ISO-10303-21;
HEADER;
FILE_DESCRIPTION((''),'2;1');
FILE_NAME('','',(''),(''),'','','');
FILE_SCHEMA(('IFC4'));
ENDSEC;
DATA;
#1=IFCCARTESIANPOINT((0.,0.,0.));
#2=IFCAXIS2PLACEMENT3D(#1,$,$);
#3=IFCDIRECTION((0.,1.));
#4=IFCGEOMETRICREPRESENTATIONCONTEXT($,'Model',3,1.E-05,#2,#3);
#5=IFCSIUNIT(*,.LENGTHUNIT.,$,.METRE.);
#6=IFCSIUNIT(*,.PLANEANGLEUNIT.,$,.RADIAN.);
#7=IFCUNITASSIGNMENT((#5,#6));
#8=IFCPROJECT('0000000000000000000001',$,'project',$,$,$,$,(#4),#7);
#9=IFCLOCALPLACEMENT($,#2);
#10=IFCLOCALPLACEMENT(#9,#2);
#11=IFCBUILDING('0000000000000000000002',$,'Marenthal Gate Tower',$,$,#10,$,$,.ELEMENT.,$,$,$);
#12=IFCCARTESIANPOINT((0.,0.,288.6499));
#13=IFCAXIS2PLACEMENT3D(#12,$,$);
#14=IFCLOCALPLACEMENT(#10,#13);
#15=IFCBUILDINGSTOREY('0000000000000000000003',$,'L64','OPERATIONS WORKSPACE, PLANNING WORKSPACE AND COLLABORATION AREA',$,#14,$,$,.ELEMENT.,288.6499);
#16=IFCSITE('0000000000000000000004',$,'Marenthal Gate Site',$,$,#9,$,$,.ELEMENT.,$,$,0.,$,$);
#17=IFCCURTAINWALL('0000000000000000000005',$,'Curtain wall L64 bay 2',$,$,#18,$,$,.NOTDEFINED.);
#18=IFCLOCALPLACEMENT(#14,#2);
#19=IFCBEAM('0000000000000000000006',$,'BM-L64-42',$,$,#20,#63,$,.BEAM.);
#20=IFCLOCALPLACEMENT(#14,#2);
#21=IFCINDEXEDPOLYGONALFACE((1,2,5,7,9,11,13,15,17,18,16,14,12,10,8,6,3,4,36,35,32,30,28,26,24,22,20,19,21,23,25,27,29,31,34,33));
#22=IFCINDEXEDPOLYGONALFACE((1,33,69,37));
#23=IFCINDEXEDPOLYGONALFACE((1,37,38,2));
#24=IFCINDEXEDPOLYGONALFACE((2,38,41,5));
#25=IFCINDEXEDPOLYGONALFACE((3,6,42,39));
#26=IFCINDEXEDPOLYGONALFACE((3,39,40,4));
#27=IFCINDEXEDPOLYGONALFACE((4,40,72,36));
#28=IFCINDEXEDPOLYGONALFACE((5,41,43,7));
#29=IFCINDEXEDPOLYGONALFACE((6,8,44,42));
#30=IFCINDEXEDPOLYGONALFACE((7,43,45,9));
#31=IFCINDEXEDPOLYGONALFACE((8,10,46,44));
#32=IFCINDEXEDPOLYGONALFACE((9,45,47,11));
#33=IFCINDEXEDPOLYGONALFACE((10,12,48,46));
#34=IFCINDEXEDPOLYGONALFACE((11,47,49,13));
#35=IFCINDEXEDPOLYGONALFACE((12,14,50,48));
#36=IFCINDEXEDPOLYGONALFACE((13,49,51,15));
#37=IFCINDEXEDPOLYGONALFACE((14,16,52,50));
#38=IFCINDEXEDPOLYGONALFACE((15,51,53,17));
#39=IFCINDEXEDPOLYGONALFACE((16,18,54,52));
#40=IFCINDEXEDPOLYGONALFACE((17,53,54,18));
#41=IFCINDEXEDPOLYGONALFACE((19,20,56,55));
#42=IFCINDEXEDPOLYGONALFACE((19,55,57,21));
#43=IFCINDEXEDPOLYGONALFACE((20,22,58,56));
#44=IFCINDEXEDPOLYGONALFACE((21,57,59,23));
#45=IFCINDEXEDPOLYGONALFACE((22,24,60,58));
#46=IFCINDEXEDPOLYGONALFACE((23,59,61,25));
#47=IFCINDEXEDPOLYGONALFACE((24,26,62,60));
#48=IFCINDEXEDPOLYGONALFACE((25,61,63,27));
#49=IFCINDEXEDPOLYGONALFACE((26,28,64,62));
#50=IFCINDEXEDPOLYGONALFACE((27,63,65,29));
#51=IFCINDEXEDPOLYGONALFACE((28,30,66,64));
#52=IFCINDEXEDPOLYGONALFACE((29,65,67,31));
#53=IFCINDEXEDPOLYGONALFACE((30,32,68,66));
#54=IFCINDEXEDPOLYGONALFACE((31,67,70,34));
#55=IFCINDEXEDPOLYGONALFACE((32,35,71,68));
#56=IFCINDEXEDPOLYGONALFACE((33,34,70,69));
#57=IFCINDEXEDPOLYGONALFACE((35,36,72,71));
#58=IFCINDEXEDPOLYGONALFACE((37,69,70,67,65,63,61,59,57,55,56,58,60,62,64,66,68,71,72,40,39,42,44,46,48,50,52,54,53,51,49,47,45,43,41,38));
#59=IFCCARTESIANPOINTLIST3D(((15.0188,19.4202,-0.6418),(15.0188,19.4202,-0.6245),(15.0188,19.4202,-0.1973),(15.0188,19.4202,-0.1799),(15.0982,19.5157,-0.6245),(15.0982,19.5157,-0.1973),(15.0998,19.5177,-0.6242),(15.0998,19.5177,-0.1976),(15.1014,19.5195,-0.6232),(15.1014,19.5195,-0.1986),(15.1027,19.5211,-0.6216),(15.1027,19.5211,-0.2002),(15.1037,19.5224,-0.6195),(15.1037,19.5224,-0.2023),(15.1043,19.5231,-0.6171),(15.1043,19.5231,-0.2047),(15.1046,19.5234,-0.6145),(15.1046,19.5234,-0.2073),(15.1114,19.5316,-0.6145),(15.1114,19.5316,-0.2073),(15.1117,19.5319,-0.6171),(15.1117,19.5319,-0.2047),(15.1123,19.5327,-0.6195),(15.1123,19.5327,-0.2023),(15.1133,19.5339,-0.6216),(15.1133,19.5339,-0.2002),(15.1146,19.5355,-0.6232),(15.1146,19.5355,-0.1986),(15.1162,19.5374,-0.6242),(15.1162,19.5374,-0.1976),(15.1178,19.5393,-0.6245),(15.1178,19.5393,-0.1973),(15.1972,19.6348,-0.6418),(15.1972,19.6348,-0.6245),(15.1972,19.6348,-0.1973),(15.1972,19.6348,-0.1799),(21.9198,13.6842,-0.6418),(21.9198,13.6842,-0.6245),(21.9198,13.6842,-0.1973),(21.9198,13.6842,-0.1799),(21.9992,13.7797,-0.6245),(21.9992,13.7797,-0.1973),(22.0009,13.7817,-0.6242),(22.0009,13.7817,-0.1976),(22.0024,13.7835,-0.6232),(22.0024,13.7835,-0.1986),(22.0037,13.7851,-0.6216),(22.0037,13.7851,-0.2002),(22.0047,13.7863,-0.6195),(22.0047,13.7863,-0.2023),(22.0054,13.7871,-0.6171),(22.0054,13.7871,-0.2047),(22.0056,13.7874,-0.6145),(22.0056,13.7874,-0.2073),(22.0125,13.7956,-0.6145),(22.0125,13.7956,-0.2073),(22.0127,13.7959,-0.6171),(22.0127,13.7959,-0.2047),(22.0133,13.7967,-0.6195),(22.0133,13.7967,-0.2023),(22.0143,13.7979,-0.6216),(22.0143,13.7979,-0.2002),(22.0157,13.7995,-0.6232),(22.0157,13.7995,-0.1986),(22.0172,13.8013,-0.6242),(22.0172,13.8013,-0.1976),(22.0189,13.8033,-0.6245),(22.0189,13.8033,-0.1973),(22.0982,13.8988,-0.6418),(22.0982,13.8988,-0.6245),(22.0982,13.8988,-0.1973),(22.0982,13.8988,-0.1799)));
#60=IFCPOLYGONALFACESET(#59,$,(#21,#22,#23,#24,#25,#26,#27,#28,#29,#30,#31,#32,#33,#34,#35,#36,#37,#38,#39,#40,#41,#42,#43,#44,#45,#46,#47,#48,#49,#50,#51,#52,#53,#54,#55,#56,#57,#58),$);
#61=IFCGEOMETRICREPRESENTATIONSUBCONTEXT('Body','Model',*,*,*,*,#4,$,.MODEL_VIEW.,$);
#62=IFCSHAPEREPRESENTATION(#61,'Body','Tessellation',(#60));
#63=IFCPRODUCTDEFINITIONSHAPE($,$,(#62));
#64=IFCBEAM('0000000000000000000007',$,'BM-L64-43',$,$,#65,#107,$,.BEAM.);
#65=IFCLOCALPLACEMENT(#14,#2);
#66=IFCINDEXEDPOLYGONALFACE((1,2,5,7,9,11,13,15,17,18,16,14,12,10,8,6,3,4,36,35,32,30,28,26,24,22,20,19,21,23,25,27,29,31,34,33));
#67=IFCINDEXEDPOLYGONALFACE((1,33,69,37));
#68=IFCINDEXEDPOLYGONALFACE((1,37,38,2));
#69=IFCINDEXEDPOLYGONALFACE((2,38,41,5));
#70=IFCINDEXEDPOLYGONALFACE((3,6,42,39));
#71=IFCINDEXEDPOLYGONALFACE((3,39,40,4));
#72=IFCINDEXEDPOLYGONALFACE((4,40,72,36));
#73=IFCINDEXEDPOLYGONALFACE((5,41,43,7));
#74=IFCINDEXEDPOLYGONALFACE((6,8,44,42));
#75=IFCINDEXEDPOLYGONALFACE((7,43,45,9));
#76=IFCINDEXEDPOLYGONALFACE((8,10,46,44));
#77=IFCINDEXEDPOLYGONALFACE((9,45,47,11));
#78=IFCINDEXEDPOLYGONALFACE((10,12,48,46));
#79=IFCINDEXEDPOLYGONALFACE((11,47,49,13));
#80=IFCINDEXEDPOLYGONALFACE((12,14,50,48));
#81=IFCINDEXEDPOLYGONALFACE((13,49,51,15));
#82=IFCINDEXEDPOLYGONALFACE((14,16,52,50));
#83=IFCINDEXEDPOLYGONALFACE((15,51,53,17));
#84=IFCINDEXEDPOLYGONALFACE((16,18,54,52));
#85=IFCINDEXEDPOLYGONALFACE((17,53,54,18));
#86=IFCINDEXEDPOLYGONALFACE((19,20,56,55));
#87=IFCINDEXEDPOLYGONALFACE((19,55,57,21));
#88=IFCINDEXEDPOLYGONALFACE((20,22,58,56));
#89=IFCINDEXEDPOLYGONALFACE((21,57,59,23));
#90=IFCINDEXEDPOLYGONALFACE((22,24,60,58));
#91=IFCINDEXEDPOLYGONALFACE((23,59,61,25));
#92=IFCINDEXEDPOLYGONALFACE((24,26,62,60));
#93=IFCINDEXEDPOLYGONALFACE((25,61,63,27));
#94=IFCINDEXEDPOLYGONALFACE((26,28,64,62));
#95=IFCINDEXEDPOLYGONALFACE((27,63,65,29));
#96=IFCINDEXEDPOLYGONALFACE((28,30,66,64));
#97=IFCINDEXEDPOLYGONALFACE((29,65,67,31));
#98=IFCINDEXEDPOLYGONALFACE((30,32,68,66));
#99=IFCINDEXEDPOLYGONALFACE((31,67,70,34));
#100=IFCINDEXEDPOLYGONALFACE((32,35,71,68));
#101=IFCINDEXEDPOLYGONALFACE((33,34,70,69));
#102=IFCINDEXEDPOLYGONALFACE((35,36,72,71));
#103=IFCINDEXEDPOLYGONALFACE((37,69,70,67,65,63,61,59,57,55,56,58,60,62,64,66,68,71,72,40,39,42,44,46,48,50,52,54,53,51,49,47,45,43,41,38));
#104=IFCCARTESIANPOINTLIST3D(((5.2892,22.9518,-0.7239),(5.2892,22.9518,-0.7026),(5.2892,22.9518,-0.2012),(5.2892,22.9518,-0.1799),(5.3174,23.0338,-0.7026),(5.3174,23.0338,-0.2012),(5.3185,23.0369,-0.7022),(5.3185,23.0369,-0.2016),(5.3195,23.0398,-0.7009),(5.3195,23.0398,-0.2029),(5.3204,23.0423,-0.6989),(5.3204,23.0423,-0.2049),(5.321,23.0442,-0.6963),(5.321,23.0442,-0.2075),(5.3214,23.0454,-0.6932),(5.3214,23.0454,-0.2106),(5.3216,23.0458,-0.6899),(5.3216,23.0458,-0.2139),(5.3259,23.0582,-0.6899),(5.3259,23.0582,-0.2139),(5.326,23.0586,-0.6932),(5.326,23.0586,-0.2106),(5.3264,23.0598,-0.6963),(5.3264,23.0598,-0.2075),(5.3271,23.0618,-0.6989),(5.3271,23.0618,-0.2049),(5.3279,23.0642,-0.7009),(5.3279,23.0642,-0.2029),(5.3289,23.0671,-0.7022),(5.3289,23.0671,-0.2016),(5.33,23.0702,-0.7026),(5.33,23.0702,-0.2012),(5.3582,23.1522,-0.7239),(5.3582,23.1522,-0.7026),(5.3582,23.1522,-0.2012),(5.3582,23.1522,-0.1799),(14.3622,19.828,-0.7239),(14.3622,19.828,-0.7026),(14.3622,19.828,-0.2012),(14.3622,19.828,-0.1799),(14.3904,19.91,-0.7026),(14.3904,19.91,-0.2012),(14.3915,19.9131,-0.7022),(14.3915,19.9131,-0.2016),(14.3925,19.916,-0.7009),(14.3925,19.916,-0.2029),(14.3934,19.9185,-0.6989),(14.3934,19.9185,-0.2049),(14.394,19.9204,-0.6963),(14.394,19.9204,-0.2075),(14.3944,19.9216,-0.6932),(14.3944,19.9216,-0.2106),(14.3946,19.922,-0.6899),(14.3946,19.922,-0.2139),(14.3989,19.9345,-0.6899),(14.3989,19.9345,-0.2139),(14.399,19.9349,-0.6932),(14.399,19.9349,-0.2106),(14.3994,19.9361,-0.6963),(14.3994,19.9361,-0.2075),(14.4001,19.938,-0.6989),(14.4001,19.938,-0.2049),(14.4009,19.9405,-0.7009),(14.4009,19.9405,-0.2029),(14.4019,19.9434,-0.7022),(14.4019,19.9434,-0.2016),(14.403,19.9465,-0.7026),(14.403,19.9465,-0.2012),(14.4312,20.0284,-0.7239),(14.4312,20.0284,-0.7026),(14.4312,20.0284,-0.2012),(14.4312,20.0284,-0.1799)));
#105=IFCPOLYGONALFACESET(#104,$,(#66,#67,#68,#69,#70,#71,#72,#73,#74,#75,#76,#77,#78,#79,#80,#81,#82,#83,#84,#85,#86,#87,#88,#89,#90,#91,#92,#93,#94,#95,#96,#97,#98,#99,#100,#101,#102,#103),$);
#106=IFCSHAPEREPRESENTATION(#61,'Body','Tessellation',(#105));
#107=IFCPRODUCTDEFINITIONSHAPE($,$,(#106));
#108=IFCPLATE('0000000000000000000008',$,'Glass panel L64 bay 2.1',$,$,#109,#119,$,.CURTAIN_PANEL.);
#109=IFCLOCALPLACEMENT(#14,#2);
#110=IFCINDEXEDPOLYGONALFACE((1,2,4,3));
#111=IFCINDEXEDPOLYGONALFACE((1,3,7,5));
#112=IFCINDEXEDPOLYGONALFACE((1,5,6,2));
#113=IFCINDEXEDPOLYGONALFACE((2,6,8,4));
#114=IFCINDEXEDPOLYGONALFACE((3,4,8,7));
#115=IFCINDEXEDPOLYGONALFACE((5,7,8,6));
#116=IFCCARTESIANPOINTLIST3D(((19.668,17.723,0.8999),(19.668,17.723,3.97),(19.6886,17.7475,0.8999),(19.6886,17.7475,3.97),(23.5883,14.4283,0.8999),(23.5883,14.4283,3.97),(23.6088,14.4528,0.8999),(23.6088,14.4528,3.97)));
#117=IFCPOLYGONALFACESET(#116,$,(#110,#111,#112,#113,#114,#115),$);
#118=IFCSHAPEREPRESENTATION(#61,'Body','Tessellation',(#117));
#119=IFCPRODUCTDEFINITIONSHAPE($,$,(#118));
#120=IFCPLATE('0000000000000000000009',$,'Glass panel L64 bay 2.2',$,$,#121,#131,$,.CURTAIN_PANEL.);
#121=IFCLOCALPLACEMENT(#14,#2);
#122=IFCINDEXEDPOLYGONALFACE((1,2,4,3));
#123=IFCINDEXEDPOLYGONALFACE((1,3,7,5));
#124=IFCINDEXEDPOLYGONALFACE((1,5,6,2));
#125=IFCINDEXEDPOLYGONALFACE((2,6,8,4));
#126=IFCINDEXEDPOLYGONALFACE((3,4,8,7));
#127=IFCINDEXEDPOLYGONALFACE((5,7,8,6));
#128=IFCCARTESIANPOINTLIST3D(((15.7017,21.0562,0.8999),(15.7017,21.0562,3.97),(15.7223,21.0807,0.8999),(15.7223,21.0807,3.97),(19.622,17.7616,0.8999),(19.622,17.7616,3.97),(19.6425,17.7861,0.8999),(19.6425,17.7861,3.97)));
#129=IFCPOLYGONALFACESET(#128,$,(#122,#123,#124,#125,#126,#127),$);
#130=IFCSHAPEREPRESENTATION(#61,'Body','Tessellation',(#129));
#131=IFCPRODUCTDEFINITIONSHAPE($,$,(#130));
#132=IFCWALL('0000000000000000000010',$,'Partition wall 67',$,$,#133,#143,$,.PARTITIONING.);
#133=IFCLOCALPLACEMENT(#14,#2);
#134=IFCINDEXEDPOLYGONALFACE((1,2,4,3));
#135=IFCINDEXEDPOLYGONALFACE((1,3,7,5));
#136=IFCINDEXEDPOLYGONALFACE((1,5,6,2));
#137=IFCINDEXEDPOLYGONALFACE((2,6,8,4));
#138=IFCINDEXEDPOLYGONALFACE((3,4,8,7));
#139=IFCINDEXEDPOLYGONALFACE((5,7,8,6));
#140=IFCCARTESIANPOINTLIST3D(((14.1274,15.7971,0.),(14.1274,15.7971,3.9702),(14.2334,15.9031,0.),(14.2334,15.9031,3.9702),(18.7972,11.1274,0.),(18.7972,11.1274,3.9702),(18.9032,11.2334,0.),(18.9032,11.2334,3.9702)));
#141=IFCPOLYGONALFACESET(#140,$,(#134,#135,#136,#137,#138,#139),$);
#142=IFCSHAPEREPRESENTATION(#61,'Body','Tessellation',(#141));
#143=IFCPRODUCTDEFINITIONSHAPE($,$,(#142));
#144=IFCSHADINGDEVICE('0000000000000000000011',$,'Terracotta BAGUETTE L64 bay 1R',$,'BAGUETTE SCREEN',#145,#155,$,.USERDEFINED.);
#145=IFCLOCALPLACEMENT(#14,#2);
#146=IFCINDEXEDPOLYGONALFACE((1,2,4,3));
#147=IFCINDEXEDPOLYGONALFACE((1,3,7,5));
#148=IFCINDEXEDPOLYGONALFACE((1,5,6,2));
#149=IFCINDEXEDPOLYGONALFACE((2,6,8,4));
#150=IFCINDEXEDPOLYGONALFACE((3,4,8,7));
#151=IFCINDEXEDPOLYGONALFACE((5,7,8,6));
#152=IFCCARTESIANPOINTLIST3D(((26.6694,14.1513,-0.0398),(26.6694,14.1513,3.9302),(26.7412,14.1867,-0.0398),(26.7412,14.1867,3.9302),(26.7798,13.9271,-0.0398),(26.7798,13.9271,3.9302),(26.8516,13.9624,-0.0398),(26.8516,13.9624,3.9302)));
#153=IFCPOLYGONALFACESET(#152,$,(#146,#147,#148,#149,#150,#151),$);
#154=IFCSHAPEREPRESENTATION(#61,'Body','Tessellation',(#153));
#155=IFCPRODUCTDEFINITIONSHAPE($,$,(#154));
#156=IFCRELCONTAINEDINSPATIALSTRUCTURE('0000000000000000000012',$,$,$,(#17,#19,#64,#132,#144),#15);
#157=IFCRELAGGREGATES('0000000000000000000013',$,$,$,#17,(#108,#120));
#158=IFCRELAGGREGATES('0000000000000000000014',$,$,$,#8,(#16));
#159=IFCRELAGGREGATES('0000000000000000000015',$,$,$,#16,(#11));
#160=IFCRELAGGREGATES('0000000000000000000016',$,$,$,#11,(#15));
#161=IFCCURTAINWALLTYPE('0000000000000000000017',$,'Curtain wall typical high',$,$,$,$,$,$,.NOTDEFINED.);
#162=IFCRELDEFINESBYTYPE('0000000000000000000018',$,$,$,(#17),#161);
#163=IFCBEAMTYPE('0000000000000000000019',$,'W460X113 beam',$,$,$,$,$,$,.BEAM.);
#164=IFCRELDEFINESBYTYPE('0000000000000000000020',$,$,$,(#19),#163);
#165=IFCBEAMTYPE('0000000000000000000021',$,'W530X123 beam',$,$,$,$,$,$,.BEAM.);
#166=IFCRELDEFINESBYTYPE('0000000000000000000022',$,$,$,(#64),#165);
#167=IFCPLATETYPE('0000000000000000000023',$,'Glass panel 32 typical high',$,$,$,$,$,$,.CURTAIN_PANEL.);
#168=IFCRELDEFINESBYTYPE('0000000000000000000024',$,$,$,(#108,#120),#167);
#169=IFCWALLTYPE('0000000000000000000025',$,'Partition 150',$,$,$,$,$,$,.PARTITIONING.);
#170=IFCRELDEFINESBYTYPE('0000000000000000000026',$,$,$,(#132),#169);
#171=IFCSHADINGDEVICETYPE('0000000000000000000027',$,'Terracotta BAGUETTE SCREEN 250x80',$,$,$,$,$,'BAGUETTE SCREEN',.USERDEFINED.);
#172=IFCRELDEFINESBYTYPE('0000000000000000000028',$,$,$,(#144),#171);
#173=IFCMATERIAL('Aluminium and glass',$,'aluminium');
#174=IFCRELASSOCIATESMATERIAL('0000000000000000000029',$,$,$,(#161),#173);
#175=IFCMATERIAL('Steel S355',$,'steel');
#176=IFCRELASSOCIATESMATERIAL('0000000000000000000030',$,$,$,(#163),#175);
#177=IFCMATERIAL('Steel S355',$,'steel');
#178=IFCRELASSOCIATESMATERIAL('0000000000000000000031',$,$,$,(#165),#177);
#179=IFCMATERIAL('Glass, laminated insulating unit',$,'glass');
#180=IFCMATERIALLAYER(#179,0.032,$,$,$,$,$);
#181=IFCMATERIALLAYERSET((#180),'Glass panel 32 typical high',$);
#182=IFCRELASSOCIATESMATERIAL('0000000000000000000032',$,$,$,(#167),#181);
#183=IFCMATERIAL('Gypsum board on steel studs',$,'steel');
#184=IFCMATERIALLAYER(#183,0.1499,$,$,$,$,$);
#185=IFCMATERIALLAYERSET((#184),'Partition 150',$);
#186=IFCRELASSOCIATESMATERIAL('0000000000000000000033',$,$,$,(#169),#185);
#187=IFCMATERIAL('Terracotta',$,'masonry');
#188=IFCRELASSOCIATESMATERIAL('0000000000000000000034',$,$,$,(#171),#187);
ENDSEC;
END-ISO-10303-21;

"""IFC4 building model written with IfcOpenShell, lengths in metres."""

from ifc_helpers import new_model, si_unit, direction, frame, frame_2d, origin, origin_2d, place, context, subcontext, project, spatial, rectangle, i_section, extrude, material, layer, layer_set, material_profile, profile_set, type_object, element, aggregate, save


model = new_model("IFC4")

# Units and contexts
model_context = context("Model", 3, precision=1e-05, world=origin(), true_north=direction((0.0, 1.0)))
body_context = subcontext(model_context, "Body", "Model", "MODEL_VIEW")
ifc_project = project(units=[si_unit("LENGTHUNIT", "METRE"), si_unit("PLANEANGLEUNIT", "RADIAN")], contexts=[model_context])

# Site, building, storey
site_placement = place(None, origin())
site = spatial("IfcSite", under=ifc_project, at=site_placement, Name="Marenthal Gate Site", CompositionType="ELEMENT", RefElevation=0.0)
building_placement = place(site_placement, origin())
building = spatial("IfcBuilding", under=site, at=building_placement, Name="Marenthal Gate Tower", CompositionType="ELEMENT")
storey_placement = place(building_placement, frame((0.0, 0.0, 288.6499)))
storey = spatial("IfcBuildingStorey", under=building, at=storey_placement, Name="L64", Description="OPERATIONS WORKSPACE, PLANNING WORKSPACE AND COLLABORATION AREA", CompositionType="ELEMENT", Elevation=288.6499)

# Curtain wall
ifc_material_1 = material(Name="Aluminium and glass", Category="aluminium")
curtain_wall_type = type_object("IfcCurtainWallType", Name="Curtain wall typical high", PredefinedType="NOTDEFINED", material=ifc_material_1)
curtain_wall_placement = place(storey_placement, origin())
curtain_wall = element("IfcCurtainWall", 1, at=curtain_wall_placement, inside=storey, type_object=curtain_wall_type, Name="Curtain wall L64 bay 2", PredefinedType="NOTDEFINED")

# Beams
ifc_material_2 = material(Name="Steel S355", Category="steel")
ifc_material_profile_1 = material_profile(ifc_material_2, i_section(OverallWidth=0.2791, OverallDepth=0.4619, WebThickness=0.0107, FlangeThickness=0.0173, FilletRadius=0.01, at=origin_2d()), Name="W460X113")
ifc_profile_set_1 = profile_set([ifc_material_profile_1], Name="Steel S355")
beam_type_1 = type_object("IfcBeamType", Name="W460X113 beam", PredefinedType="BEAM", material=ifc_profile_set_1)
beam_1_placement = place(storey_placement, frame((22.009, 13.7915, -0.4109), z_axis=(-0.769035, 0.639207, 0.0), x_axis=(-0.639207, -0.769035, 0.0)))
element("IfcBeam", 2, at=beam_1_placement, inside=storey, type_object=beam_type_1, Name="BM-L64-42", PredefinedType="BEAM", context=body_context, shape_type="SweptSolid", body=[
    extrude(i_section(OverallWidth=0.2791, OverallDepth=0.4619, WebThickness=0.0107, FlangeThickness=0.0173, FilletRadius=0.01, at=origin_2d()), origin(), (0.0, 0.0, 1.0), 8.9736),
])
ifc_material_3 = material(Name="Steel S355", Category="steel")
ifc_material_profile_2 = material_profile(ifc_material_3, i_section(OverallWidth=0.2119, OverallDepth=0.5439, WebThickness=0.0132, FlangeThickness=0.0212, FilletRadius=0.0127, at=origin_2d()), Name="W530X123")
ifc_profile_set_2 = profile_set([ifc_material_profile_2], Name="Steel S355")
beam_type_2 = type_object("IfcBeamType", Name="W530X123 beam", PredefinedType="BEAM", material=ifc_profile_set_2)
beam_2_placement = place(storey_placement, frame((14.3967, 19.9282, -0.4519), z_axis=(-0.945528, 0.32554, 0.0), x_axis=(-0.32554, -0.945528, 0.0)))
element("IfcBeam", 3, at=beam_2_placement, inside=storey, type_object=beam_type_2, Name="BM-L64-43", PredefinedType="BEAM", context=body_context, shape_type="SweptSolid", body=[
    extrude(i_section(OverallWidth=0.2119, OverallDepth=0.5439, WebThickness=0.0132, FlangeThickness=0.0212, FilletRadius=0.0127, at=origin_2d()), origin(), (0.0, 0.0, 1.0), 9.5957),
])

# Plates
ifc_material_4 = material(Name="Glass, laminated insulating unit", Category="glass")
ifc_layer_1 = layer(ifc_material_4, 0.032)
ifc_layer_set_1 = layer_set([ifc_layer_1], Name="Glass panel 32 typical high")
plate_type = type_object("IfcPlateType", Name="Glass panel 32 typical high", PredefinedType="CURTAIN_PANEL", material=ifc_layer_set_1)
plate_1_placement = place(storey_placement, frame((21.6384, 16.0879, 0.8999), z_axis=(0.0, 0.0, 1.0), x_axis=(-0.765547, 0.64338, 0.0)))
plate_1 = element("IfcPlate", 4, at=plate_1_placement, type_object=plate_type, Name="Glass panel L64 bay 2.1", PredefinedType="CURTAIN_PANEL", context=body_context, shape_type="SweptSolid", body=[
    extrude(rectangle(XDim=5.1208, YDim=0.032, at=origin_2d()), origin(), (0.0, 0.0, 1.0), 3.0701),
])
plate_2_placement = place(storey_placement, frame((17.6721, 19.4211, 0.8999), z_axis=(0.0, 0.0, 1.0), x_axis=(-0.765547, 0.64338, 0.0)))
plate_2 = element("IfcPlate", 5, at=plate_2_placement, type_object=plate_type, Name="Glass panel L64 bay 2.2", PredefinedType="CURTAIN_PANEL", context=body_context, shape_type="SweptSolid", body=[
    extrude(rectangle(XDim=5.1208, YDim=0.032, at=origin_2d()), origin(), (0.0, 0.0, 1.0), 3.0701),
])
aggregate(curtain_wall, [plate_1, plate_2])

# Wall
ifc_material_5 = material(Name="Gypsum board on steel studs", Category="steel")
ifc_layer_2 = layer(ifc_material_5, 0.1499)
ifc_layer_set_2 = layer_set([ifc_layer_2], Name="Partition 150")
wall_type_1 = type_object("IfcWallType", Name="Partition 150", PredefinedType="PARTITIONING", material=ifc_layer_set_2)
wall_1_placement = place(storey_placement, frame((14.1804, 15.8501, 0.0), z_axis=(0.0, 0.0, 1.0), x_axis=(0.707107, -0.707107, 0.0)))
element("IfcWall", 6, at=wall_1_placement, inside=storey, type_object=wall_type_1, Name="Partition wall 67", PredefinedType="PARTITIONING", context=body_context, shape_type="SweptSolid", body=[
    extrude(rectangle(XDim=6.604, YDim=0.1499, at=frame_2d((3.302, 0.0))), origin(), (0.0, 0.0, 1.0), 3.9702),
])

# Shading device
ifc_material_6 = material(Name="Terracotta", Category="masonry")
ifc_material_profile_3 = material_profile(ifc_material_6, rectangle(XDim=0.25, YDim=0.0801, at=origin_2d()), Name="Terracotta baguette 250x80")
ifc_profile_set_3 = profile_set([ifc_material_profile_3], Name="Terracotta")
shading_device_type = type_object("IfcShadingDeviceType", Name="Terracotta BAGUETTE SCREEN 250x80", ElementType="BAGUETTE SCREEN", PredefinedType="USERDEFINED", material=ifc_profile_set_3)
shading_device_placement = place(storey_placement, frame((26.7605, 14.0569, -0.0398), z_axis=(0.0, 0.0, 1.0), x_axis=(-0.441711, 0.897157, 0.0)))
element("IfcShadingDevice", 7, at=shading_device_placement, inside=storey, type_object=shading_device_type, Name="Terracotta BAGUETTE L64 bay 1R", ObjectType="BAGUETTE SCREEN", PredefinedType="USERDEFINED", context=body_context, shape_type="SweptSolid", body=[
    extrude(rectangle(XDim=0.25, YDim=0.0801, at=origin_2d()), origin(), (0.0, 0.0, 1.0), 3.97),
])

save(model, "model.ifc")
